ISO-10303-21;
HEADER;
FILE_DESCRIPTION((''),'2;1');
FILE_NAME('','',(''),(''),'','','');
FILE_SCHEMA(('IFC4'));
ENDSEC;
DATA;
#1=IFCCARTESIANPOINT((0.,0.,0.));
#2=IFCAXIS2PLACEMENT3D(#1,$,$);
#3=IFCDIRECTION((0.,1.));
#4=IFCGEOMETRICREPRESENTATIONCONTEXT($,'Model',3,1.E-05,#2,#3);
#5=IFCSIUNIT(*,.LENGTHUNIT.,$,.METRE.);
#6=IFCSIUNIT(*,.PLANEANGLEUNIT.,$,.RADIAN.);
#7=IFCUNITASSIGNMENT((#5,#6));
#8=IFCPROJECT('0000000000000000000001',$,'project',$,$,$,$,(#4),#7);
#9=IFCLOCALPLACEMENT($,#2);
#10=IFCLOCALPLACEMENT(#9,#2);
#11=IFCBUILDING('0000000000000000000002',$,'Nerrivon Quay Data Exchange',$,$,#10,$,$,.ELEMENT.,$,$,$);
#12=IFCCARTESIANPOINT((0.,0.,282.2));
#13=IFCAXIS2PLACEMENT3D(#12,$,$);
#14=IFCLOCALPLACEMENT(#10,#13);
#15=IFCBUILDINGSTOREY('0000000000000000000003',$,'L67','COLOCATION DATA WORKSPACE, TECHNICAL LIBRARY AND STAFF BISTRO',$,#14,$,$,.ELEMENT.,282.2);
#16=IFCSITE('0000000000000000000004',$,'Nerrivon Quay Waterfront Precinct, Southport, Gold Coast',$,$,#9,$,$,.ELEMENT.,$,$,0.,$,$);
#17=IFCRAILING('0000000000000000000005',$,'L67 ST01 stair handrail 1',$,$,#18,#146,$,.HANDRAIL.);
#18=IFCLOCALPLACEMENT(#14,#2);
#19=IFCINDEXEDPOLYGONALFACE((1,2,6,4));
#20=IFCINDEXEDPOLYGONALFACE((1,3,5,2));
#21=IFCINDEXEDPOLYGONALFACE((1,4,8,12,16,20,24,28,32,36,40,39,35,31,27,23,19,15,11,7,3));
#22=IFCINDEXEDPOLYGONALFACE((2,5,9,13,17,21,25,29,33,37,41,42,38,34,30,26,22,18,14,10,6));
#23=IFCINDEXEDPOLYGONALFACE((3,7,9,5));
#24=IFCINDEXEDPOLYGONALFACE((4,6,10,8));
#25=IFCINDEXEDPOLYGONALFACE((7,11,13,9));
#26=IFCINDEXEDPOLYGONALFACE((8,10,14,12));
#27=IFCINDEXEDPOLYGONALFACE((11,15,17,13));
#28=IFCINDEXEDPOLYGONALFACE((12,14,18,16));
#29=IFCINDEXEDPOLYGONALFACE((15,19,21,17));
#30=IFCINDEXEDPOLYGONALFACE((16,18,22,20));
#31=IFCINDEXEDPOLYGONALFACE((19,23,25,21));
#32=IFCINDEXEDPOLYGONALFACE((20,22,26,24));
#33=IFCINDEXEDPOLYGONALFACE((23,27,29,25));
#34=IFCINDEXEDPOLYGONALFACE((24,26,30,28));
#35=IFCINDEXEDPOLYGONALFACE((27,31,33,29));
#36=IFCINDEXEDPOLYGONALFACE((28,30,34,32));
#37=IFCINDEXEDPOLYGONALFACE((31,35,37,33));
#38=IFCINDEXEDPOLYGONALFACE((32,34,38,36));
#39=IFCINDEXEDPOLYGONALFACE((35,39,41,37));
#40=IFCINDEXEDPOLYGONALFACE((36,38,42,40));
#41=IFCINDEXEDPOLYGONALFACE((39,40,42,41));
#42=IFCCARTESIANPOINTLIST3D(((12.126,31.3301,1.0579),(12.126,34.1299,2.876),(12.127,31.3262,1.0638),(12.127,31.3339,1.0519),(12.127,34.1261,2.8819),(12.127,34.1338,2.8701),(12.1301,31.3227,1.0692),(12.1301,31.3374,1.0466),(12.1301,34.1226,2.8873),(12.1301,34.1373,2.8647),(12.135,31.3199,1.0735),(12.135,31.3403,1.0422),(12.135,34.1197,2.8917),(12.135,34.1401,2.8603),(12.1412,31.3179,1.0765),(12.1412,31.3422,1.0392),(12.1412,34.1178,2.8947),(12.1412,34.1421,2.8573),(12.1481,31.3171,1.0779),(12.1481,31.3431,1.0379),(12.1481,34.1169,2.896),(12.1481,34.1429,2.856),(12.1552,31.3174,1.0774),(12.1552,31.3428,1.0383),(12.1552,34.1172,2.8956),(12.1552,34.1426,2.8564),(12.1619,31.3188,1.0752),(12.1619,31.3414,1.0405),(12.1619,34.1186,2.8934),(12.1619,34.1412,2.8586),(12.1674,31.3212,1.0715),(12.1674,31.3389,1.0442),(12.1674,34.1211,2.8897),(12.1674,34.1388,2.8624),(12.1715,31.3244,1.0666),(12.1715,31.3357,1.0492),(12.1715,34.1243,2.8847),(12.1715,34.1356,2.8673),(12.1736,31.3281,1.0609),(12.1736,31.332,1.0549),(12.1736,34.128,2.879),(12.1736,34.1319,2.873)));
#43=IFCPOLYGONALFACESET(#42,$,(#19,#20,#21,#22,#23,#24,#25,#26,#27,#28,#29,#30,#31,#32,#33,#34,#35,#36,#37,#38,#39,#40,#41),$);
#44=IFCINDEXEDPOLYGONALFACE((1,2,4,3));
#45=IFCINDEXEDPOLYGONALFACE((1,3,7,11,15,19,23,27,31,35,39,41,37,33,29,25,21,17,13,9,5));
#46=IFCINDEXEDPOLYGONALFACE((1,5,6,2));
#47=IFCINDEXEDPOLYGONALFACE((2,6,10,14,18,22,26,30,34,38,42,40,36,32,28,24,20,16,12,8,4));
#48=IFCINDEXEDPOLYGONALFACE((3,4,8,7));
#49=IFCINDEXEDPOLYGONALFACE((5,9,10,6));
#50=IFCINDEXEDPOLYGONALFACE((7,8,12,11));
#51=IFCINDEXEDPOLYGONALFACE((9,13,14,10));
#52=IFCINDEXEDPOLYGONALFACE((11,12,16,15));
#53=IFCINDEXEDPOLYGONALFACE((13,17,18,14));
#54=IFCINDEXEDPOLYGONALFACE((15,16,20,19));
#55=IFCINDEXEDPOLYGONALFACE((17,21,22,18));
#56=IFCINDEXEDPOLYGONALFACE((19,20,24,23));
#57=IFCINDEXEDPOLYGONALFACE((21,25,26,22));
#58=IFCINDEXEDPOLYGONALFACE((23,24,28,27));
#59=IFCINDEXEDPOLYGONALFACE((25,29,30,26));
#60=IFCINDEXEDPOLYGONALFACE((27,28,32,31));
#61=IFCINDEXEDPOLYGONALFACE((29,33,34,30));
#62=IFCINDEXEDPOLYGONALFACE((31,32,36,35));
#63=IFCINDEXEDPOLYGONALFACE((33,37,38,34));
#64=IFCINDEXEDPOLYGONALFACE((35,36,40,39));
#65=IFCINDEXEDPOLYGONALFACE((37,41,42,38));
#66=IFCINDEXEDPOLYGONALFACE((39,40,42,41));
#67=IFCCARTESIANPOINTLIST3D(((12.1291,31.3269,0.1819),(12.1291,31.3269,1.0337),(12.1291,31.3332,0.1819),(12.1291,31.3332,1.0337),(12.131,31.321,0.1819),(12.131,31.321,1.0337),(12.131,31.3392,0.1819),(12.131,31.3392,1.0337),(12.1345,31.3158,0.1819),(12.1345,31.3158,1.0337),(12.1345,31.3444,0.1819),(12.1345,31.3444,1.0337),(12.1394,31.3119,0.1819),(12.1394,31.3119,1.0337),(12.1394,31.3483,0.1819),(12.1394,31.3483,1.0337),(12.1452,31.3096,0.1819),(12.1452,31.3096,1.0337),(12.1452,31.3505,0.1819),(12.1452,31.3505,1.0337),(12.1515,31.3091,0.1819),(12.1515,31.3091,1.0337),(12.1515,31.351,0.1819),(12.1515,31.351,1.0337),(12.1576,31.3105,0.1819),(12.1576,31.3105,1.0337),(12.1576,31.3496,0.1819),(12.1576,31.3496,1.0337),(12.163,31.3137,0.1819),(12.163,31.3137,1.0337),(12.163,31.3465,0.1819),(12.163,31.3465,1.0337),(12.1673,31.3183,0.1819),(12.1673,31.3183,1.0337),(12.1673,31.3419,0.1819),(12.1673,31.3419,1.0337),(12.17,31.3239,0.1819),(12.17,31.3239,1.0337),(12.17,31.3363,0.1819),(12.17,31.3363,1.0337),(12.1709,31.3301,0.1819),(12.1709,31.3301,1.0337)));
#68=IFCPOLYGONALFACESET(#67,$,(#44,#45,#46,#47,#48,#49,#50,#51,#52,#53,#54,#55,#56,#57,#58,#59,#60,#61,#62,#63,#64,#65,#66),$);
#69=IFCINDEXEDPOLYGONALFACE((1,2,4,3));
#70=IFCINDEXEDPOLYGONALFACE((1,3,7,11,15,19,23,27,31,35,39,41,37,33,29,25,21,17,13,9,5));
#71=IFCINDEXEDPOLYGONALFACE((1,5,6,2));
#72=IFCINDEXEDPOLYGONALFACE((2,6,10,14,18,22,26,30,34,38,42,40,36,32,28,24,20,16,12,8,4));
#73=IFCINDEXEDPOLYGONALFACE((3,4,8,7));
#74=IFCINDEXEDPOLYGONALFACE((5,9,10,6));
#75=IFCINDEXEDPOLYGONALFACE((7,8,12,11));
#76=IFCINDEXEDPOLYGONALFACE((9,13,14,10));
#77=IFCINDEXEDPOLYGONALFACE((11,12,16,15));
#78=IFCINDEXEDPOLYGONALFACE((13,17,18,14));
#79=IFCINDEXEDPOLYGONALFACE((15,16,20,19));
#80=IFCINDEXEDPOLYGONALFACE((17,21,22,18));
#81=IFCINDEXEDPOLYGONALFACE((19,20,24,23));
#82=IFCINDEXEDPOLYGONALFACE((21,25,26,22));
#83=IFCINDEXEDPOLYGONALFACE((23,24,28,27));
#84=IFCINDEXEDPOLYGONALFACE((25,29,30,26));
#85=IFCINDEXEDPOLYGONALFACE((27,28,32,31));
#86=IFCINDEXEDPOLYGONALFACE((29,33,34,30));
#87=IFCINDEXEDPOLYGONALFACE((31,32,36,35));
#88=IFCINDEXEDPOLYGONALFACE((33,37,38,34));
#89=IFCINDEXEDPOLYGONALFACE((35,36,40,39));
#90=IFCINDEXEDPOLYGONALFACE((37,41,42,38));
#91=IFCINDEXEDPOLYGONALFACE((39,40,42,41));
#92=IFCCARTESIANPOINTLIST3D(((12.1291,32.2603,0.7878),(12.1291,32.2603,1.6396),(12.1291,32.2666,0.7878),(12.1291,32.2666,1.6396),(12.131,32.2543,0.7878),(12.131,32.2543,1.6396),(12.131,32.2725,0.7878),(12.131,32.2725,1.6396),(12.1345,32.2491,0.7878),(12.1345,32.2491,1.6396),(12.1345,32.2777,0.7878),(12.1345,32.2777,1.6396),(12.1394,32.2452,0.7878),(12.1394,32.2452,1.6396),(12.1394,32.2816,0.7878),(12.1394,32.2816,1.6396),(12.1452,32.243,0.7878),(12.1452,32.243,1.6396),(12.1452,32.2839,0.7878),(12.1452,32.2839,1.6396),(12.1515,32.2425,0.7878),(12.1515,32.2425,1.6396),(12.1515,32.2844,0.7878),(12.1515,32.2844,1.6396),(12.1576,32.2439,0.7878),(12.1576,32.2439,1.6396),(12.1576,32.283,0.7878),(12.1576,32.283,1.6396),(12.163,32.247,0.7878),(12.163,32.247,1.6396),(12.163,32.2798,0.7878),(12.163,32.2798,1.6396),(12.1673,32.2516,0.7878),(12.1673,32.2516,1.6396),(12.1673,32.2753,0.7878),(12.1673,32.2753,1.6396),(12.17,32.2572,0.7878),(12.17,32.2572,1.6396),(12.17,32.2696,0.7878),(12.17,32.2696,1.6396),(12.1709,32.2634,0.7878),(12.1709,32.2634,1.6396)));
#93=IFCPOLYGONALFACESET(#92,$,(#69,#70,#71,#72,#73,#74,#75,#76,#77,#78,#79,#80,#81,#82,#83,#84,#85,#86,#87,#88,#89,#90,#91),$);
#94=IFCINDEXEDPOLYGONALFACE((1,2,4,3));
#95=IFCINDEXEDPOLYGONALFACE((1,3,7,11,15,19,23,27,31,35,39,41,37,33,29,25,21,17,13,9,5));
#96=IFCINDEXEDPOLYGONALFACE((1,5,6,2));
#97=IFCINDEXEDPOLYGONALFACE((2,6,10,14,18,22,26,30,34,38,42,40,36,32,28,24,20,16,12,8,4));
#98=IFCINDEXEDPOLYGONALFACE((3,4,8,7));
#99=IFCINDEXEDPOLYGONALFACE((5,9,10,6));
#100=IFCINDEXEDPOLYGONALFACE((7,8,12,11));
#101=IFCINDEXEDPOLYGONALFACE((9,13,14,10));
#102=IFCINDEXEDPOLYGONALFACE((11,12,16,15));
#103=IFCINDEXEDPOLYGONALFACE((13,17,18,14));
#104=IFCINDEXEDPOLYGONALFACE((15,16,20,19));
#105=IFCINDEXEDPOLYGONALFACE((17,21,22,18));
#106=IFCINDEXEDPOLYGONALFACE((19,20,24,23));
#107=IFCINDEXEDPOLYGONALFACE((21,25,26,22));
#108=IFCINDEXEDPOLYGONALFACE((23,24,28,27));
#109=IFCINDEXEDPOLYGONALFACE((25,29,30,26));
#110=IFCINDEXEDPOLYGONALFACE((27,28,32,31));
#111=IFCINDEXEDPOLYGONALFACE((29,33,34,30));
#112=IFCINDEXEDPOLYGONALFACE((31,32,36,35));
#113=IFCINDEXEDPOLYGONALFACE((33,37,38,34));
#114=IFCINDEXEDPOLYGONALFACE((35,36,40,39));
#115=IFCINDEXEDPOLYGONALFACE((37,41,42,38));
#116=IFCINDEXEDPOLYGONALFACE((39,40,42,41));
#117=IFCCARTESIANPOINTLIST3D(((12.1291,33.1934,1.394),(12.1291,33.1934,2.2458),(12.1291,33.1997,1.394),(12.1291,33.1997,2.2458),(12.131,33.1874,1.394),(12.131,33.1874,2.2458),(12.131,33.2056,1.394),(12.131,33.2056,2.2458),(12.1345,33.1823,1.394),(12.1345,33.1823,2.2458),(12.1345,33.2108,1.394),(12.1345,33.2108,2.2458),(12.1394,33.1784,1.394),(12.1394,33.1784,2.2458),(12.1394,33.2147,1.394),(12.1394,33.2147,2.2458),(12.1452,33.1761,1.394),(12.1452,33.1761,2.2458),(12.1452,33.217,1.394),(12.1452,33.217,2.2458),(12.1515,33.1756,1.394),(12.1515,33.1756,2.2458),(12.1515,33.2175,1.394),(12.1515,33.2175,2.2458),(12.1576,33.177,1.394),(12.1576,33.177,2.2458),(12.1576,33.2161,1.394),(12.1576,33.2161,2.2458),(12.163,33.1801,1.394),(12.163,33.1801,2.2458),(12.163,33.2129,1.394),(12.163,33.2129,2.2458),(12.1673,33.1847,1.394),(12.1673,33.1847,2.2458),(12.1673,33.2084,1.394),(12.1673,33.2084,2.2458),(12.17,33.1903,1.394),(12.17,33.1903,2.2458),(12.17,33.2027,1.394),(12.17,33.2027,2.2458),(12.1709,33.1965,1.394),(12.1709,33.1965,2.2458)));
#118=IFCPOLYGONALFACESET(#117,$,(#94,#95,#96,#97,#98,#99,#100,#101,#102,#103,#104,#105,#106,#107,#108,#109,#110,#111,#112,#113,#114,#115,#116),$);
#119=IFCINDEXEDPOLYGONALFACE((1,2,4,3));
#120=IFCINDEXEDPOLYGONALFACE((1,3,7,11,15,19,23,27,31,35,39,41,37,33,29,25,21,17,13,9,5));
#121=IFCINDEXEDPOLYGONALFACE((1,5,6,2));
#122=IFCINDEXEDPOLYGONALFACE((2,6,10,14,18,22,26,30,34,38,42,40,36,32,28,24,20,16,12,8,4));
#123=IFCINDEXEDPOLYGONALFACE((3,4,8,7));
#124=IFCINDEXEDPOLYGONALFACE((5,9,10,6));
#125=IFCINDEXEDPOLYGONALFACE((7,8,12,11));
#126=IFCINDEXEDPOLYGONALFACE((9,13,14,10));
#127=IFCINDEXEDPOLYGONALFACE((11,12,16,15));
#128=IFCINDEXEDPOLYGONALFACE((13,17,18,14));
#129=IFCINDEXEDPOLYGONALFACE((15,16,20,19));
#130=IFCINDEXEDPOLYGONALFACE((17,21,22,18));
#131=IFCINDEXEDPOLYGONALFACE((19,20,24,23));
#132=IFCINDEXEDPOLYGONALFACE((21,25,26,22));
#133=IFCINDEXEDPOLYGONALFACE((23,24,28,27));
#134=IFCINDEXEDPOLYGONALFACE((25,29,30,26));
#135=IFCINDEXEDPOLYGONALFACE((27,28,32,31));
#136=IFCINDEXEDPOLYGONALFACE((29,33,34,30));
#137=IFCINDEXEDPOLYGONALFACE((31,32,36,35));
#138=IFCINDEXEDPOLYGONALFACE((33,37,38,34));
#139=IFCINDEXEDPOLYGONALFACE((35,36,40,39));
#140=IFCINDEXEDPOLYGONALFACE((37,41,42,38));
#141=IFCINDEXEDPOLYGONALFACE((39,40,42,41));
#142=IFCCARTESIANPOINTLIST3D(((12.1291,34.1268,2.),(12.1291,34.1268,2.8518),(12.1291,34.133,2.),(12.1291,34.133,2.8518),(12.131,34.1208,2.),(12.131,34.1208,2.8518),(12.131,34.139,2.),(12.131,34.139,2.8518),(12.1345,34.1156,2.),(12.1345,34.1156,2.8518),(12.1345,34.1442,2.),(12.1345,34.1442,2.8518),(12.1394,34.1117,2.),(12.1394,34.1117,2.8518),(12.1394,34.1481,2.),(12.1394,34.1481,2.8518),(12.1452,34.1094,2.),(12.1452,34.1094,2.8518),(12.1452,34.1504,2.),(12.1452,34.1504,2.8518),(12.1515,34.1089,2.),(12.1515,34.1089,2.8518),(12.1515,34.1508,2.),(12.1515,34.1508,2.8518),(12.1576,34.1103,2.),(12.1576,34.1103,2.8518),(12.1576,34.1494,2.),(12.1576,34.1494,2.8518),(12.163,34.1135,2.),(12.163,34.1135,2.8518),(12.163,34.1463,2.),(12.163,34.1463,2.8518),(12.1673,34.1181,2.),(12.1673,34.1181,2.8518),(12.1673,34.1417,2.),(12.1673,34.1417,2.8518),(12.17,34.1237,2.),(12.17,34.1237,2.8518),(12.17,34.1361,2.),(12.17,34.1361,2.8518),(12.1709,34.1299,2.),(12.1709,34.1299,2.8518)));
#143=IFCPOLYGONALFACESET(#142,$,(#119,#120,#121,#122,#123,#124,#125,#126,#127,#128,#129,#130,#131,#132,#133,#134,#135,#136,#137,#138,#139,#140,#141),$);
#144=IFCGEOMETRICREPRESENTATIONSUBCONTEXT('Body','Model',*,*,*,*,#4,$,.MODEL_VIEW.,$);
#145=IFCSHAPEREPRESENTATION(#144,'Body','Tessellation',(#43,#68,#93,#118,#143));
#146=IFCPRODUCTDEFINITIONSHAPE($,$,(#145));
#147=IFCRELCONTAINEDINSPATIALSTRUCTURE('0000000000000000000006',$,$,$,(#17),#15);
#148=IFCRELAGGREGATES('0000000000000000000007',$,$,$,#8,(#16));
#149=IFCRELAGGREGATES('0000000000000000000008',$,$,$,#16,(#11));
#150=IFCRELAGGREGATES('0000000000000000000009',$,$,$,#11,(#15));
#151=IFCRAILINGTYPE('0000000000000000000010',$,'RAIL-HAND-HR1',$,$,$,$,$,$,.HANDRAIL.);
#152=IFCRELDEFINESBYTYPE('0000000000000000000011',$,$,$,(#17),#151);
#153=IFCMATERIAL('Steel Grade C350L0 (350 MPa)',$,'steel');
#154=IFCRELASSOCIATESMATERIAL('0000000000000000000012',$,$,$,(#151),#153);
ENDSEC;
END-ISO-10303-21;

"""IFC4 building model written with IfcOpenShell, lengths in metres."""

from ifc_helpers import new_model, si_unit, direction, frame, origin, origin_2d, place, context, subcontext, project, spatial, circle, extrude, material, type_object, element, save


model = new_model("IFC4")

# Units and contexts
model_context = context("Model", 3, precision=1e-05, world=origin(), true_north=direction((0.0, 1.0)))
body_context = subcontext(model_context, "Body", "Model", "MODEL_VIEW")
ifc_project = project(units=[si_unit("LENGTHUNIT", "METRE"), si_unit("PLANEANGLEUNIT", "RADIAN")], contexts=[model_context])

# Site, building, storey
site_placement = place(None, origin())
site = spatial("IfcSite", under=ifc_project, at=site_placement, Name="Nerrivon Quay Waterfront Precinct, Southport, Gold Coast", CompositionType="ELEMENT", RefElevation=0.0)
building_placement = place(site_placement, origin())
building = spatial("IfcBuilding", under=site, at=building_placement, Name="Nerrivon Quay Data Exchange", CompositionType="ELEMENT")
storey_placement = place(building_placement, frame((0.0, 0.0, 282.2)))
storey = spatial("IfcBuildingStorey", under=building, at=storey_placement, Name="L67", Description="COLOCATION DATA WORKSPACE, TECHNICAL LIBRARY AND STAFF BISTRO", CompositionType="ELEMENT", Elevation=282.2)

# Railing
ifc_material_1 = material(Name="Steel Grade C350L0 (350 MPa)", Category="steel")
railing_type_1 = type_object("IfcRailingType", Name="RAIL-HAND-HR1", PredefinedType="HANDRAIL", material=ifc_material_1)
railing_1_placement = place(storey_placement, frame((12.1499, 31.3301, 0.1819)))
element("IfcRailing", 1, at=railing_1_placement, inside=storey, type_object=railing_type_1, Name="L67 ST01 stair handrail 1", PredefinedType="HANDRAIL", context=body_context, shape_type="SweptSolid", body=[
    extrude(circle(Radius=0.0239, at=origin_2d()), frame((0.0, 0.0, 0.876), z_axis=(0.0, 0.838684, 0.544618), x_axis=(-1.0, 0.0, 0.0)), (0.0, 0.0, 1.0), 3.3384),
    extrude(circle(Radius=0.021, at=origin_2d()), origin(), (0.0, 0.0, 1.0), 0.8518),
    extrude(circle(Radius=0.021, at=origin_2d()), frame((0.0, 0.9333, 0.606)), (0.0, 0.0, 1.0), 0.8518),
    extrude(circle(Radius=0.021, at=origin_2d()), frame((0.0, 1.8665, 1.2122)), (0.0, 0.0, 1.0), 0.8518),
    extrude(circle(Radius=0.021, at=origin_2d()), frame((0.0, 2.7998, 1.8181)), (0.0, 0.0, 1.0), 0.8518),
])

save(model, "model.ifc")
